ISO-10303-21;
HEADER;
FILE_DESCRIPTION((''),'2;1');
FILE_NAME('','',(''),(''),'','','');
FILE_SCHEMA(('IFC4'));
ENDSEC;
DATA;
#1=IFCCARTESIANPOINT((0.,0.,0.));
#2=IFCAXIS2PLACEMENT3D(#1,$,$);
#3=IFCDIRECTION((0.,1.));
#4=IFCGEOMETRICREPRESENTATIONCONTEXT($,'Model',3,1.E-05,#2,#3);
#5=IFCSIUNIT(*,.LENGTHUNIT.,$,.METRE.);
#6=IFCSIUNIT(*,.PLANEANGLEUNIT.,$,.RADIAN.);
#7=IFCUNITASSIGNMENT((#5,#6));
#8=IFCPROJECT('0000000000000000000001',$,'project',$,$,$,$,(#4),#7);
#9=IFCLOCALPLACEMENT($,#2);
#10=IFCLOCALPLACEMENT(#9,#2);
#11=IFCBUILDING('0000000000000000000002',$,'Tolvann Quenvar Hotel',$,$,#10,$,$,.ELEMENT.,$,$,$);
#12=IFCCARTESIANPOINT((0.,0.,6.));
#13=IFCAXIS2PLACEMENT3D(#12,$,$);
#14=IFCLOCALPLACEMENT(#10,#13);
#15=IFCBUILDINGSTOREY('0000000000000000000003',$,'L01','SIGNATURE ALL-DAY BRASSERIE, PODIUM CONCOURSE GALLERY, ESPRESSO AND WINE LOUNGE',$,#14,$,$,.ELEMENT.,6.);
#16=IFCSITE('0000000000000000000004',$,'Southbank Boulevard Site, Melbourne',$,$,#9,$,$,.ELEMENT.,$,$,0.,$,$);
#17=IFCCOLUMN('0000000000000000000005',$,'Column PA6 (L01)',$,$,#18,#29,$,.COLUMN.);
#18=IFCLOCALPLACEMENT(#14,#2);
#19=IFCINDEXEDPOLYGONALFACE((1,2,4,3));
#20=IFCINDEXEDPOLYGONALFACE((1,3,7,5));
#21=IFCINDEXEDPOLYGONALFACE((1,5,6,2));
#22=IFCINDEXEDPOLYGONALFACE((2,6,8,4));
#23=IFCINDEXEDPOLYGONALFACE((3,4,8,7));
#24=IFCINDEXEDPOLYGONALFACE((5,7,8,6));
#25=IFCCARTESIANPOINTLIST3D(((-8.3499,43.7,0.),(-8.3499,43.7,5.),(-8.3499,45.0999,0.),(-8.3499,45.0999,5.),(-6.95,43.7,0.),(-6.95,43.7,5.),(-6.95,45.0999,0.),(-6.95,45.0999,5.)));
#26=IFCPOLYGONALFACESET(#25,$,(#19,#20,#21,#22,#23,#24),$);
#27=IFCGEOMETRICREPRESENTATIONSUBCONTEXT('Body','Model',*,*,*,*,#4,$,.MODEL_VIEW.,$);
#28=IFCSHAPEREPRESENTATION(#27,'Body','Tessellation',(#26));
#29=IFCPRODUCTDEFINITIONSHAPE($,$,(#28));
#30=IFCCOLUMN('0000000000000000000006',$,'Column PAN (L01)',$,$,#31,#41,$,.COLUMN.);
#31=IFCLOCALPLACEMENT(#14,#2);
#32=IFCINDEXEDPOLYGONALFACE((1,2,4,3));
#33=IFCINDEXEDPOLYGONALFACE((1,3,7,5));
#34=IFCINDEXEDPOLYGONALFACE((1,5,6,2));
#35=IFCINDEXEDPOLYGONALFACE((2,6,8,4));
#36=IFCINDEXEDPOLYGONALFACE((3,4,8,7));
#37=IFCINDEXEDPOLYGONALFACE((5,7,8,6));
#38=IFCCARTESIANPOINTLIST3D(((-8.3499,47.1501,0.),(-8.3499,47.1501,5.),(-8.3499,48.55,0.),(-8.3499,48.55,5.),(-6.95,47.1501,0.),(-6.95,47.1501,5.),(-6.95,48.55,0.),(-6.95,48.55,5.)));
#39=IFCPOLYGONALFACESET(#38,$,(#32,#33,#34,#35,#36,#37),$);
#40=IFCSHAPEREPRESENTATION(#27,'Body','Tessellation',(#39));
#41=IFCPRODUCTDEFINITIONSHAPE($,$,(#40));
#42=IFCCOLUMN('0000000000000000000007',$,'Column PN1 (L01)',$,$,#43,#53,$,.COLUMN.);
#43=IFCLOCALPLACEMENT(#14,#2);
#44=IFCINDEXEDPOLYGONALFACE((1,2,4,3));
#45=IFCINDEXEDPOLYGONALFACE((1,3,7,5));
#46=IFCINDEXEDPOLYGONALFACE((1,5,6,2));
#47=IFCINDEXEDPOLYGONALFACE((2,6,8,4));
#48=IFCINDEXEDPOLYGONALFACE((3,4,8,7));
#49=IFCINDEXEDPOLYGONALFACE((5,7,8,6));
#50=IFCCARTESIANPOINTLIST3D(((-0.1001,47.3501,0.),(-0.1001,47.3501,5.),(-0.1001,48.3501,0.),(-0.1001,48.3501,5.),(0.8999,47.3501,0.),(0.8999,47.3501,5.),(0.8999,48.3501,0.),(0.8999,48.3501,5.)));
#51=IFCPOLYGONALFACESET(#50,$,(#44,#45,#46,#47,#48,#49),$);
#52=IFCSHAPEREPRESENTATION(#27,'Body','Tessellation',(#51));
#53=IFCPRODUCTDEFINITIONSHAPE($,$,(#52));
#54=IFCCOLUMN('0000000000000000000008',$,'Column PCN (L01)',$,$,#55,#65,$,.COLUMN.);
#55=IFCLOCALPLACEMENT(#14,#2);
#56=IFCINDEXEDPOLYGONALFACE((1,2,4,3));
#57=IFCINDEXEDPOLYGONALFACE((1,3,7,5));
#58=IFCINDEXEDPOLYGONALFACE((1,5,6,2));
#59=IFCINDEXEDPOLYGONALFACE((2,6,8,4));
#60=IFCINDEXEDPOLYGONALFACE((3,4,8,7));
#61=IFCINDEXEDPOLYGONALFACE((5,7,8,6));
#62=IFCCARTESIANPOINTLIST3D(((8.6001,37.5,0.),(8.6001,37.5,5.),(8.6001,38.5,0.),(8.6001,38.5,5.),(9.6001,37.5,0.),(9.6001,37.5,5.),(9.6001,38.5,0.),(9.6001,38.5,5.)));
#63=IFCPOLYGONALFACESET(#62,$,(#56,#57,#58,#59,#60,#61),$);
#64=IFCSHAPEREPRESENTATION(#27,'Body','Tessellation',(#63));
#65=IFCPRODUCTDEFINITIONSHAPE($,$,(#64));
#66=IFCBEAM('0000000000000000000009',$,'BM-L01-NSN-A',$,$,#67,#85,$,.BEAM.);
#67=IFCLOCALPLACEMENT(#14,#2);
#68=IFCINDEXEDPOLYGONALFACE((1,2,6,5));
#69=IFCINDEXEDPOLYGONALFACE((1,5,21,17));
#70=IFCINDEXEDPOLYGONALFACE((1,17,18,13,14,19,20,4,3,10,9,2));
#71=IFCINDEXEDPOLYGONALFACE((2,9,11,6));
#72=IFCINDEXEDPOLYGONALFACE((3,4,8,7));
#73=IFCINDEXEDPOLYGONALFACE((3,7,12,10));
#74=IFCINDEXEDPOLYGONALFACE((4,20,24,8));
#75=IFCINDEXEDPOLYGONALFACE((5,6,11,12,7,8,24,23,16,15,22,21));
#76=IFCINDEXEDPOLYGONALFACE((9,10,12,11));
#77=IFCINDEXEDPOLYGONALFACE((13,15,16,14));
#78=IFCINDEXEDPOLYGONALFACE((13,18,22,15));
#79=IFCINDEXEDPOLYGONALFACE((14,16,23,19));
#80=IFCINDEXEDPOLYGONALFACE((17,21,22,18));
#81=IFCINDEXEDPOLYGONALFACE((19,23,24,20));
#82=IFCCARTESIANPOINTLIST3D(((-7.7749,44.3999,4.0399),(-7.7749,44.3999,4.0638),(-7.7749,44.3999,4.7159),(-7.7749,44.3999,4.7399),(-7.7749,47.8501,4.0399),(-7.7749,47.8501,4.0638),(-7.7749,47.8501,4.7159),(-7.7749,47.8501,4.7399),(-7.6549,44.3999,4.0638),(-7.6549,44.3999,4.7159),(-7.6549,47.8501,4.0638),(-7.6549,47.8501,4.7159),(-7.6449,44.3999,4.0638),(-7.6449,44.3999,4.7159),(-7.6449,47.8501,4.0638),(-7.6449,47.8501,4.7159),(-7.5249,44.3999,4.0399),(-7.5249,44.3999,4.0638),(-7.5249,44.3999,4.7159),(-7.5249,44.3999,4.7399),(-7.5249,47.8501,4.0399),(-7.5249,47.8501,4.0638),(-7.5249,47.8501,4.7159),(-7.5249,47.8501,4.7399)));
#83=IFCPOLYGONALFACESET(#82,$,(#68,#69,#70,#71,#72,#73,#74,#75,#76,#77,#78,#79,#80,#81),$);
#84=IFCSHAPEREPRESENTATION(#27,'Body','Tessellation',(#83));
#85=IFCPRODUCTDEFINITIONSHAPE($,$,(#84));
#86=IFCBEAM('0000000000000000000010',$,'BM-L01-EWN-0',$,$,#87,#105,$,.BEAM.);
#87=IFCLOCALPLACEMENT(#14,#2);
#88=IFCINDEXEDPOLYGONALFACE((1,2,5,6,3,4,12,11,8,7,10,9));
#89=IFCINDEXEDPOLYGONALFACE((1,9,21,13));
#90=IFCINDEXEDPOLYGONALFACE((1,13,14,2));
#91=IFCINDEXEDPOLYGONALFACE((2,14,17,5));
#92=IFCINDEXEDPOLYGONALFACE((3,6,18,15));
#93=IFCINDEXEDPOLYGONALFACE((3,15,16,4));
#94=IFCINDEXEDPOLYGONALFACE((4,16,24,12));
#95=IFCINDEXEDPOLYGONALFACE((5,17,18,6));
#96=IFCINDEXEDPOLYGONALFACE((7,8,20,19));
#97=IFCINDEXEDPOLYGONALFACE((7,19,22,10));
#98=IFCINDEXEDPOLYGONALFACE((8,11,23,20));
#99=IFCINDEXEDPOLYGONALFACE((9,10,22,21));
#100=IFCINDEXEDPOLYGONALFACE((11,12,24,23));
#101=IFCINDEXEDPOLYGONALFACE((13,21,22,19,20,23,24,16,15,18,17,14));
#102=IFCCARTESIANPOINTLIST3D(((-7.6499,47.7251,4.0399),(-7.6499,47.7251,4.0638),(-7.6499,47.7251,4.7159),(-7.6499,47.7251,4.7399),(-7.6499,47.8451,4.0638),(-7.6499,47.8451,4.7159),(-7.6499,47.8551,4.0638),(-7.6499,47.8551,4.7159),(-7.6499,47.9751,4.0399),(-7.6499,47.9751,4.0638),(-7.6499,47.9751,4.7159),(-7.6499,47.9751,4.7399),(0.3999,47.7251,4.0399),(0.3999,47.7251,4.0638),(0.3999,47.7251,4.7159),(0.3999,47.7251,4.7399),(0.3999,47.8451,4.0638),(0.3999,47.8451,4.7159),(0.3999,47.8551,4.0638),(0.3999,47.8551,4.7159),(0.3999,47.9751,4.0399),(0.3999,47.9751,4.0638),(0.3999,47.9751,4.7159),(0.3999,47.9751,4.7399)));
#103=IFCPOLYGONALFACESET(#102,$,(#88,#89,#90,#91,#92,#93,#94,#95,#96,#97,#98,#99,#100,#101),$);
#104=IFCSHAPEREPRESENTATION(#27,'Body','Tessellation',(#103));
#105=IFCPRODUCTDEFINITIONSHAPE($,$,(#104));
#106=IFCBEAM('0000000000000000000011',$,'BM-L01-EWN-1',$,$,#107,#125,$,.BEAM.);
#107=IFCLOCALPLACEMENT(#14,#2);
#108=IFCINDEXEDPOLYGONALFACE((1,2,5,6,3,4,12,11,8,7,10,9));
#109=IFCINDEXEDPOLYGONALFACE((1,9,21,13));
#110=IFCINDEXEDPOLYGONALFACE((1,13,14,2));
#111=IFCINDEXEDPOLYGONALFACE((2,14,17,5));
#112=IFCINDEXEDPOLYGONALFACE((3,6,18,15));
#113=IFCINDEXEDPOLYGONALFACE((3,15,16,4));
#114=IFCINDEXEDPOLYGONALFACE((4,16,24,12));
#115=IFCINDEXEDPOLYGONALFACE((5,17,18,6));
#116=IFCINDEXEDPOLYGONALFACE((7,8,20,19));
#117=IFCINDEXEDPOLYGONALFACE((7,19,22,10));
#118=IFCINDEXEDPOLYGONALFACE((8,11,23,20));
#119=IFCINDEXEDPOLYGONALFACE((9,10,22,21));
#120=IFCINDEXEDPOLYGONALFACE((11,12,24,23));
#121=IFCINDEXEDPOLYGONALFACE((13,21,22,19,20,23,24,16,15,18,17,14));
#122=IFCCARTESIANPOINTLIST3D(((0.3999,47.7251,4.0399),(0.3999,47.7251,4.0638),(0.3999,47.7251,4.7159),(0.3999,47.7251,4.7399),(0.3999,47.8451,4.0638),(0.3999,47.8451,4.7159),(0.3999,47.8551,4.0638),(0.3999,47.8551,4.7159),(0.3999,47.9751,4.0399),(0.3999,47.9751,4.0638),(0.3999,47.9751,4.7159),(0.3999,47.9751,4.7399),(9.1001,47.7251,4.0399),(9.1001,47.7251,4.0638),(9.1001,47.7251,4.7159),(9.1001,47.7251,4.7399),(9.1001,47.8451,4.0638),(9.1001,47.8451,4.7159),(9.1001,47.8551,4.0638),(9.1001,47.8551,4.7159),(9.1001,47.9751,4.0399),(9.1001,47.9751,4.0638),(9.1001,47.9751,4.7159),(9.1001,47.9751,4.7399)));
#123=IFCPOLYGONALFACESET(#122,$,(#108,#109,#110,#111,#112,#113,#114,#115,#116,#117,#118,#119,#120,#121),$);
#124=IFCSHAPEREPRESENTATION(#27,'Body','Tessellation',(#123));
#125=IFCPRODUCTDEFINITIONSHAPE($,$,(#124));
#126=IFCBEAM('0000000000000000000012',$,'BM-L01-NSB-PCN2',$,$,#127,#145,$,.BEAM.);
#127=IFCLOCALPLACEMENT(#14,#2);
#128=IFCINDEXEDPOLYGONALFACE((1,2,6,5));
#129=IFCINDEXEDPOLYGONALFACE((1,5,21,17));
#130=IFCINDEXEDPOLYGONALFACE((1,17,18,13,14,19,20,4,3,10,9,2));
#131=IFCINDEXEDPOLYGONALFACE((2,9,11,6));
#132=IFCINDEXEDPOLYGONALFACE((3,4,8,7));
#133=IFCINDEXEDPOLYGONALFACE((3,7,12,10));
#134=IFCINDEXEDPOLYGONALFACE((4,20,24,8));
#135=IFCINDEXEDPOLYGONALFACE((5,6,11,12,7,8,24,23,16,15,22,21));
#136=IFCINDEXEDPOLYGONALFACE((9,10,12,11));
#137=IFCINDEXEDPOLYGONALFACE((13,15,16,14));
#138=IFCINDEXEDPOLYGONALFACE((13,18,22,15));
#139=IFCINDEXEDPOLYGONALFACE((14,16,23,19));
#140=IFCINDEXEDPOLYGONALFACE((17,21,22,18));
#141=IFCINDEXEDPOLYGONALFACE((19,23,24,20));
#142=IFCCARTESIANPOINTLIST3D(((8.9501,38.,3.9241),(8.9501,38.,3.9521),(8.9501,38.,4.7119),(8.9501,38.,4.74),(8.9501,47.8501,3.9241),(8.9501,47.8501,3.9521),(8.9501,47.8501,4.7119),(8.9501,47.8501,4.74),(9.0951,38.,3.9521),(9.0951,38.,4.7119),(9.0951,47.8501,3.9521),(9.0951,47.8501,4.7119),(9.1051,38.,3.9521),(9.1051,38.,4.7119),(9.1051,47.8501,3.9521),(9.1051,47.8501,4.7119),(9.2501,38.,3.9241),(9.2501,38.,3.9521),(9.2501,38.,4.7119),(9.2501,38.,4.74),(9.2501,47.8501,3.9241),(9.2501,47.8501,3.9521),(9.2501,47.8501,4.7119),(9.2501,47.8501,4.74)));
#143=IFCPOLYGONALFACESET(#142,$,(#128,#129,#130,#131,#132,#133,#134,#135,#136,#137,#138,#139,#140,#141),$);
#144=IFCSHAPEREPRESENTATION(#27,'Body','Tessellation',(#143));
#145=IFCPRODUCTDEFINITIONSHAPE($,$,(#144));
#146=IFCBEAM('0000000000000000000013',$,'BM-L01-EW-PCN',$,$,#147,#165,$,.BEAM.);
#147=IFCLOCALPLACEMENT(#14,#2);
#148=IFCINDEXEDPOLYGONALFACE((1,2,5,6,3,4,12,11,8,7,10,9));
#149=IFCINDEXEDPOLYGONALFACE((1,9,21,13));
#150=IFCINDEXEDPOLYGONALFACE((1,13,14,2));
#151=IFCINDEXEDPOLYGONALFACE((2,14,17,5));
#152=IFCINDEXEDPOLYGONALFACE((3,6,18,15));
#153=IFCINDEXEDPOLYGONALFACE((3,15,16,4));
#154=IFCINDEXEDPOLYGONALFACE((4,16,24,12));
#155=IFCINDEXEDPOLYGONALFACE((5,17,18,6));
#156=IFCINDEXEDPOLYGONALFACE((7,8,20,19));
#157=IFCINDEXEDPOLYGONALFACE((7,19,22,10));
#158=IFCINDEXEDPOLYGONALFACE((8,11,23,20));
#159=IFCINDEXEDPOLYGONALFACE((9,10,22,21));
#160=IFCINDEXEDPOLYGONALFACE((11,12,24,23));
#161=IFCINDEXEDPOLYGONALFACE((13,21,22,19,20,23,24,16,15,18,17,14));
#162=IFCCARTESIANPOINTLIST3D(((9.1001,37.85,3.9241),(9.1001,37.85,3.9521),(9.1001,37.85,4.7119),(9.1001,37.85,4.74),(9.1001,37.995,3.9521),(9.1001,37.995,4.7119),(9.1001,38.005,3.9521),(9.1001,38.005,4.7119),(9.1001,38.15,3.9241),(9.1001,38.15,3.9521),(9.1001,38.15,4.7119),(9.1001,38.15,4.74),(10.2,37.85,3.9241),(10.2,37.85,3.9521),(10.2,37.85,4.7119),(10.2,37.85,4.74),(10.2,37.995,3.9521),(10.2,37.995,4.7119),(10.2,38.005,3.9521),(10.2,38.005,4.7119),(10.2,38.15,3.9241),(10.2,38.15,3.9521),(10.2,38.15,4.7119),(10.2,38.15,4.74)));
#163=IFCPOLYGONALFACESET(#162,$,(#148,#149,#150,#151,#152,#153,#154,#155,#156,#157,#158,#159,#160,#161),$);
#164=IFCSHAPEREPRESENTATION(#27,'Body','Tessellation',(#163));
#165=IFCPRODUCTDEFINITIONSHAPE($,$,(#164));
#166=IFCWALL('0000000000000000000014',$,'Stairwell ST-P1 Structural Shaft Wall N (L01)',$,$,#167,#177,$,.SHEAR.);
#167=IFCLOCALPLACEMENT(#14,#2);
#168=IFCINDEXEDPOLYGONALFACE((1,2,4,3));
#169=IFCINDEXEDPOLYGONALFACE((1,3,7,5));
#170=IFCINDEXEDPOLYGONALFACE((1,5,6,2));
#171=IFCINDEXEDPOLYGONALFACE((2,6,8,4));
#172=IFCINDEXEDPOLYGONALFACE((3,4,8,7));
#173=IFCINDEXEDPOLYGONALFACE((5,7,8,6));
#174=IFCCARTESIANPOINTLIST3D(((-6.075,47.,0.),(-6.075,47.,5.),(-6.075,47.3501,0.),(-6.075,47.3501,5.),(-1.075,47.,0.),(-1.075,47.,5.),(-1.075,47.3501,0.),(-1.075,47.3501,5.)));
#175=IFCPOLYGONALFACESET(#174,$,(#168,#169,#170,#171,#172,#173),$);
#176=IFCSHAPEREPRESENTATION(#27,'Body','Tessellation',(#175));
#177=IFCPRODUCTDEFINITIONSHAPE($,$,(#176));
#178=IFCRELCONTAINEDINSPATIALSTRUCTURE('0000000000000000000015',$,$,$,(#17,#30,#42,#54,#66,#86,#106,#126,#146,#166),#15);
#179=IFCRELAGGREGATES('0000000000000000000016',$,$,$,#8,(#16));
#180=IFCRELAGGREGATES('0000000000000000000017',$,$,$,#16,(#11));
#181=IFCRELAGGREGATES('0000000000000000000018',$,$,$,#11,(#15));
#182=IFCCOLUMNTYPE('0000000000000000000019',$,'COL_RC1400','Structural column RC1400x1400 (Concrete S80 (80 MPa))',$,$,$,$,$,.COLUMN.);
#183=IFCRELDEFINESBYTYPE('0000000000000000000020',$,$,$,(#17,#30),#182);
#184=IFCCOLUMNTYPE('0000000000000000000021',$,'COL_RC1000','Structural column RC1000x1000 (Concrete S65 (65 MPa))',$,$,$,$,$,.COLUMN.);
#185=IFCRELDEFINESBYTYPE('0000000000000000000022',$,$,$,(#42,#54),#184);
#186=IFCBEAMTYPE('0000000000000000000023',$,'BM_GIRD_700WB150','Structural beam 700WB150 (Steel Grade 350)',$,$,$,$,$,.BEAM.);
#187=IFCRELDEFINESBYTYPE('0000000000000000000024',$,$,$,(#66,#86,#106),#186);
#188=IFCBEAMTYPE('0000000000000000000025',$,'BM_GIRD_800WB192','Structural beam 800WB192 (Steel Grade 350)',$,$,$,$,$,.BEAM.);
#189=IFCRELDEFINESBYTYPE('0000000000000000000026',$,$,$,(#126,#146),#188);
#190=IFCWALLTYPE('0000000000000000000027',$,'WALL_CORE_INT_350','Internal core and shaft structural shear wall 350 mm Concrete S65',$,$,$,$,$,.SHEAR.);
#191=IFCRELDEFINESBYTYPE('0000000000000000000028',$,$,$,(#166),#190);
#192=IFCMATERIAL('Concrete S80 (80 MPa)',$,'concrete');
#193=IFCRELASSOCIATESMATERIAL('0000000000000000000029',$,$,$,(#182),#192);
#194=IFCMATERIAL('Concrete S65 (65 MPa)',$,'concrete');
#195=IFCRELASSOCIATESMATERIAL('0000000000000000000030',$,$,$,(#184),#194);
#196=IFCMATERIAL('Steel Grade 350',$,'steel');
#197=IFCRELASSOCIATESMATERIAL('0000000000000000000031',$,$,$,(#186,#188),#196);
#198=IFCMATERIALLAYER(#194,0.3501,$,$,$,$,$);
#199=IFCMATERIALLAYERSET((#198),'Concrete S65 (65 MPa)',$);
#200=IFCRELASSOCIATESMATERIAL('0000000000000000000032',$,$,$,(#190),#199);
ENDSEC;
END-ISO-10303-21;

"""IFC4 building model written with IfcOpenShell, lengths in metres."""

from ifc_helpers import new_model, si_unit, direction, frame, frame_2d, origin, origin_2d, place, context, subcontext, project, spatial, rectangle, i_section, extrude, source, transform, mapped, material, layer, layer_set, material_profile, profile_set, type_object, type_shapes, element, save


model = new_model("IFC4")

# Units and contexts
model_context = context("Model", 3, precision=1e-05, world=origin(), true_north=direction((0.0, 1.0)))
body_context = subcontext(model_context, "Body", "Model", "MODEL_VIEW")
ifc_project = project(units=[si_unit("LENGTHUNIT", "METRE"), si_unit("PLANEANGLEUNIT", "RADIAN")], contexts=[model_context])

# Site, building, storey
site_placement = place(None, origin())
site = spatial("IfcSite", under=ifc_project, at=site_placement, Name="Southbank Boulevard Site, Melbourne", CompositionType="ELEMENT", RefElevation=0.0)
building_placement = place(site_placement, origin())
building = spatial("IfcBuilding", under=site, at=building_placement, Name="Tolvann Quenvar Hotel", CompositionType="ELEMENT")
storey_placement = place(building_placement, frame((0.0, 0.0, 6.0)))
storey = spatial("IfcBuildingStorey", under=building, at=storey_placement, Name="L01", Description="SIGNATURE ALL-DAY BRASSERIE, PODIUM CONCOURSE GALLERY, ESPRESSO AND WINE LOUNGE", CompositionType="ELEMENT", Elevation=6.0)

# Columns
ifc_material_1 = material(Name="Concrete S80 (80 MPa)", Category="concrete")
ifc_material_profile_1 = material_profile(ifc_material_1, rectangle(XDim=1.3999, YDim=1.3999, at=origin_2d()), Name="RC1400x1400")
ifc_profile_set_1 = profile_set([ifc_material_profile_1], Name="Concrete S80 (80 MPa)")
column_type_1 = type_object("IfcColumnType", Name="COL_RC1400", Description="Structural column RC1400x1400 (Concrete S80 (80 MPa))", PredefinedType="COLUMN", material=ifc_profile_set_1)
shared_shape_1 = source(origin(), body_context, "Body", "SweptSolid", [
    extrude(rectangle(XDim=1.3999, YDim=1.3999, at=origin_2d()), origin(), (0.0, 0.0, 1.0), 5.0),
])
type_shapes(column_type_1, [shared_shape_1])
for number, where, z_axis, x_axis, name in (
    (1, (-7.6499, 44.3999, 0.0), (0.0, 0.0, 1.0), (1.0, 0.0, 0.0), "Column PA6 (L01)"),
    (2, (-7.6499, 47.8501, 0.0), (0.0, 0.0, 1.0), (1.0, 0.0, 0.0), "Column PAN (L01)"),
):
    element("IfcColumn", number, at=place(storey_placement, frame(where, z_axis=z_axis, x_axis=x_axis)), inside=storey, type_object=column_type_1, Name=name, PredefinedType="COLUMN", context=body_context, shape_type="MappedRepresentation", body=[
        mapped(shared_shape_1, transform((0.0, 0.0, 0.0), x_axis=(1.0, 0.0, 0.0), y_axis=(0.0, 1.0, 0.0), z_axis=(0.0, 0.0, 1.0), scale=1.0)),
    ])
ifc_material_2 = material(Name="Concrete S65 (65 MPa)", Category="concrete")
ifc_material_profile_2 = material_profile(ifc_material_2, rectangle(XDim=1.0, YDim=1.0, at=origin_2d()), Name="RC1000x1000")
ifc_profile_set_2 = profile_set([ifc_material_profile_2], Name="Concrete S65 (65 MPa)")
column_type_2 = type_object("IfcColumnType", Name="COL_RC1000", Description="Structural column RC1000x1000 (Concrete S65 (65 MPa))", PredefinedType="COLUMN", material=ifc_profile_set_2)
shared_shape_2 = source(origin(), body_context, "Body", "SweptSolid", [
    extrude(rectangle(XDim=1.0, YDim=1.0, at=origin_2d()), origin(), (0.0, 0.0, 1.0), 5.0),
])
type_shapes(column_type_2, [shared_shape_2])
for number, where, z_axis, x_axis, name in (
    (3, (0.3999, 47.8501, 0.0), (0.0, 0.0, 1.0), (1.0, 0.0, 0.0), "Column PN1 (L01)"),
    (4, (9.1001, 38.0, 0.0), (0.0, 0.0, 1.0), (1.0, 0.0, 0.0), "Column PCN (L01)"),
):
    element("IfcColumn", number, at=place(storey_placement, frame(where, z_axis=z_axis, x_axis=x_axis)), inside=storey, type_object=column_type_2, Name=name, PredefinedType="COLUMN", context=body_context, shape_type="MappedRepresentation", body=[
        mapped(shared_shape_2, transform((0.0, 0.0, 0.0), x_axis=(1.0, 0.0, 0.0), y_axis=(0.0, 1.0, 0.0), z_axis=(0.0, 0.0, 1.0), scale=1.0)),
    ])

# Beams
ifc_material_3 = material(Name="Steel Grade 350", Category="steel")
ifc_material_profile_3 = material_profile(ifc_material_3, i_section(OverallWidth=0.25, OverallDepth=0.7, WebThickness=0.01, FlangeThickness=0.0239, at=origin_2d()), Name="700WB150")
ifc_profile_set_3 = profile_set([ifc_material_profile_3], Name="Steel Grade 350")
beam_type_1 = type_object("IfcBeamType", Name="BM_GIRD_700WB150", Description="Structural beam 700WB150 (Steel Grade 350)", PredefinedType="BEAM", material=ifc_profile_set_3)
shared_shape_3 = source(origin(), body_context, "Body", "SweptSolid", [
    extrude(i_section(OverallWidth=0.25, OverallDepth=0.7, WebThickness=0.01, FlangeThickness=0.0239, at=origin_2d()), origin(), (0.0, 0.0, 1.0), 3.4502),
])
beam_1_placement = place(storey_placement, frame((-7.6499, 44.3999, 4.3899), z_axis=(0.0, 1.0, 0.0), x_axis=(-1.0, 0.0, 0.0)))
element("IfcBeam", 5, at=beam_1_placement, inside=storey, type_object=beam_type_1, Name="BM-L01-NSN-A", PredefinedType="BEAM", context=body_context, shape_type="MappedRepresentation", body=[
    mapped(shared_shape_3, transform((0.0, 0.0, 0.0), x_axis=(1.0, 0.0, 0.0), y_axis=(0.0, 1.0, 0.0), z_axis=(0.0, 0.0, 1.0), scale=1.0)),
])
shared_shape_4 = source(origin(), body_context, "Body", "SweptSolid", [
    extrude(i_section(OverallWidth=0.25, OverallDepth=0.7, WebThickness=0.01, FlangeThickness=0.0239, at=origin_2d()), origin(), (0.0, 0.0, 1.0), 8.0498),
])
beam_2_placement = place(storey_placement, frame((-7.6499, 47.8501, 4.3899), z_axis=(1.0, 0.0, 0.0), x_axis=(0.0, 1.0, 0.0)))
element("IfcBeam", 6, at=beam_2_placement, inside=storey, type_object=beam_type_1, Name="BM-L01-EWN-0", PredefinedType="BEAM", context=body_context, shape_type="MappedRepresentation", body=[
    mapped(shared_shape_4, transform((0.0, 0.0, 0.0), x_axis=(1.0, 0.0, 0.0), y_axis=(0.0, 1.0, 0.0), z_axis=(0.0, 0.0, 1.0), scale=1.0)),
])
shared_shape_5 = source(origin(), body_context, "Body", "SweptSolid", [
    extrude(i_section(OverallWidth=0.25, OverallDepth=0.7, WebThickness=0.01, FlangeThickness=0.0239, at=origin_2d()), origin(), (0.0, 0.0, 1.0), 8.7002),
])
type_shapes(beam_type_1, [shared_shape_3, shared_shape_4, shared_shape_5])
beam_3_placement = place(storey_placement, frame((0.3999, 47.8501, 4.3899), z_axis=(1.0, 0.0, 0.0), x_axis=(0.0, 1.0, 0.0)))
element("IfcBeam", 7, at=beam_3_placement, inside=storey, type_object=beam_type_1, Name="BM-L01-EWN-1", PredefinedType="BEAM", context=body_context, shape_type="MappedRepresentation", body=[
    mapped(shared_shape_5, transform((0.0, 0.0, 0.0), x_axis=(1.0, 0.0, 0.0), y_axis=(0.0, 1.0, 0.0), z_axis=(0.0, 0.0, 1.0), scale=1.0)),
])
ifc_material_profile_4 = material_profile(ifc_material_3, i_section(OverallWidth=0.3, OverallDepth=0.8159, WebThickness=0.01, FlangeThickness=0.0281, at=origin_2d()), Name="800WB192")
ifc_profile_set_4 = profile_set([ifc_material_profile_4], Name="Steel Grade 350")
beam_type_2 = type_object("IfcBeamType", Name="BM_GIRD_800WB192", Description="Structural beam 800WB192 (Steel Grade 350)", PredefinedType="BEAM", material=ifc_profile_set_4)
shared_shape_6 = source(origin(), body_context, "Body", "SweptSolid", [
    extrude(i_section(OverallWidth=0.3, OverallDepth=0.8159, WebThickness=0.01, FlangeThickness=0.0281, at=origin_2d()), origin(), (0.0, 0.0, 1.0), 9.8501),
])
beam_4_placement = place(storey_placement, frame((9.1001, 38.0, 4.332), z_axis=(0.0, 1.0, 0.0), x_axis=(-1.0, 0.0, 0.0)))
element("IfcBeam", 8, at=beam_4_placement, inside=storey, type_object=beam_type_2, Name="BM-L01-NSB-PCN2", PredefinedType="BEAM", context=body_context, shape_type="MappedRepresentation", body=[
    mapped(shared_shape_6, transform((0.0, 0.0, 0.0), x_axis=(1.0, 0.0, 0.0), y_axis=(0.0, 1.0, 0.0), z_axis=(0.0, 0.0, 1.0), scale=1.0)),
])
shared_shape_7 = source(origin(), body_context, "Body", "SweptSolid", [
    extrude(i_section(OverallWidth=0.3, OverallDepth=0.8159, WebThickness=0.01, FlangeThickness=0.0281, at=origin_2d()), origin(), (0.0, 0.0, 1.0), 1.0999),
])
type_shapes(beam_type_2, [shared_shape_6, shared_shape_7])
beam_5_placement = place(storey_placement, frame((9.1001, 38.0, 4.332), z_axis=(1.0, 0.0, 0.0), x_axis=(0.0, 1.0, 0.0)))
element("IfcBeam", 9, at=beam_5_placement, inside=storey, type_object=beam_type_2, Name="BM-L01-EW-PCN", PredefinedType="BEAM", context=body_context, shape_type="MappedRepresentation", body=[
    mapped(shared_shape_7, transform((0.0, 0.0, 0.0), x_axis=(1.0, 0.0, 0.0), y_axis=(0.0, 1.0, 0.0), z_axis=(0.0, 0.0, 1.0), scale=1.0)),
])

# Wall
ifc_layer_1 = layer(ifc_material_2, 0.3501)
ifc_layer_set_1 = layer_set([ifc_layer_1], Name="Concrete S65 (65 MPa)")
wall_type_1 = type_object("IfcWallType", Name="WALL_CORE_INT_350", Description="Internal core and shaft structural shear wall 350 mm Concrete S65", PredefinedType="SHEAR", material=ifc_layer_set_1)
wall_1_placement = place(storey_placement, frame((-1.075, 47.175, 0.0), z_axis=(0.0, 0.0, 1.0), x_axis=(-1.0, 0.0, 0.0)))
element("IfcWall", 10, at=wall_1_placement, inside=storey, type_object=wall_type_1, Name="Stairwell ST-P1 Structural Shaft Wall N (L01)", PredefinedType="SHEAR", context=body_context, shape_type="SweptSolid", body=[
    extrude(rectangle(XDim=5.0, YDim=0.3501, at=frame_2d((2.5, 0.0))), origin(), (0.0, 0.0, 1.0), 5.0),
])

save(model, "model.ifc")
